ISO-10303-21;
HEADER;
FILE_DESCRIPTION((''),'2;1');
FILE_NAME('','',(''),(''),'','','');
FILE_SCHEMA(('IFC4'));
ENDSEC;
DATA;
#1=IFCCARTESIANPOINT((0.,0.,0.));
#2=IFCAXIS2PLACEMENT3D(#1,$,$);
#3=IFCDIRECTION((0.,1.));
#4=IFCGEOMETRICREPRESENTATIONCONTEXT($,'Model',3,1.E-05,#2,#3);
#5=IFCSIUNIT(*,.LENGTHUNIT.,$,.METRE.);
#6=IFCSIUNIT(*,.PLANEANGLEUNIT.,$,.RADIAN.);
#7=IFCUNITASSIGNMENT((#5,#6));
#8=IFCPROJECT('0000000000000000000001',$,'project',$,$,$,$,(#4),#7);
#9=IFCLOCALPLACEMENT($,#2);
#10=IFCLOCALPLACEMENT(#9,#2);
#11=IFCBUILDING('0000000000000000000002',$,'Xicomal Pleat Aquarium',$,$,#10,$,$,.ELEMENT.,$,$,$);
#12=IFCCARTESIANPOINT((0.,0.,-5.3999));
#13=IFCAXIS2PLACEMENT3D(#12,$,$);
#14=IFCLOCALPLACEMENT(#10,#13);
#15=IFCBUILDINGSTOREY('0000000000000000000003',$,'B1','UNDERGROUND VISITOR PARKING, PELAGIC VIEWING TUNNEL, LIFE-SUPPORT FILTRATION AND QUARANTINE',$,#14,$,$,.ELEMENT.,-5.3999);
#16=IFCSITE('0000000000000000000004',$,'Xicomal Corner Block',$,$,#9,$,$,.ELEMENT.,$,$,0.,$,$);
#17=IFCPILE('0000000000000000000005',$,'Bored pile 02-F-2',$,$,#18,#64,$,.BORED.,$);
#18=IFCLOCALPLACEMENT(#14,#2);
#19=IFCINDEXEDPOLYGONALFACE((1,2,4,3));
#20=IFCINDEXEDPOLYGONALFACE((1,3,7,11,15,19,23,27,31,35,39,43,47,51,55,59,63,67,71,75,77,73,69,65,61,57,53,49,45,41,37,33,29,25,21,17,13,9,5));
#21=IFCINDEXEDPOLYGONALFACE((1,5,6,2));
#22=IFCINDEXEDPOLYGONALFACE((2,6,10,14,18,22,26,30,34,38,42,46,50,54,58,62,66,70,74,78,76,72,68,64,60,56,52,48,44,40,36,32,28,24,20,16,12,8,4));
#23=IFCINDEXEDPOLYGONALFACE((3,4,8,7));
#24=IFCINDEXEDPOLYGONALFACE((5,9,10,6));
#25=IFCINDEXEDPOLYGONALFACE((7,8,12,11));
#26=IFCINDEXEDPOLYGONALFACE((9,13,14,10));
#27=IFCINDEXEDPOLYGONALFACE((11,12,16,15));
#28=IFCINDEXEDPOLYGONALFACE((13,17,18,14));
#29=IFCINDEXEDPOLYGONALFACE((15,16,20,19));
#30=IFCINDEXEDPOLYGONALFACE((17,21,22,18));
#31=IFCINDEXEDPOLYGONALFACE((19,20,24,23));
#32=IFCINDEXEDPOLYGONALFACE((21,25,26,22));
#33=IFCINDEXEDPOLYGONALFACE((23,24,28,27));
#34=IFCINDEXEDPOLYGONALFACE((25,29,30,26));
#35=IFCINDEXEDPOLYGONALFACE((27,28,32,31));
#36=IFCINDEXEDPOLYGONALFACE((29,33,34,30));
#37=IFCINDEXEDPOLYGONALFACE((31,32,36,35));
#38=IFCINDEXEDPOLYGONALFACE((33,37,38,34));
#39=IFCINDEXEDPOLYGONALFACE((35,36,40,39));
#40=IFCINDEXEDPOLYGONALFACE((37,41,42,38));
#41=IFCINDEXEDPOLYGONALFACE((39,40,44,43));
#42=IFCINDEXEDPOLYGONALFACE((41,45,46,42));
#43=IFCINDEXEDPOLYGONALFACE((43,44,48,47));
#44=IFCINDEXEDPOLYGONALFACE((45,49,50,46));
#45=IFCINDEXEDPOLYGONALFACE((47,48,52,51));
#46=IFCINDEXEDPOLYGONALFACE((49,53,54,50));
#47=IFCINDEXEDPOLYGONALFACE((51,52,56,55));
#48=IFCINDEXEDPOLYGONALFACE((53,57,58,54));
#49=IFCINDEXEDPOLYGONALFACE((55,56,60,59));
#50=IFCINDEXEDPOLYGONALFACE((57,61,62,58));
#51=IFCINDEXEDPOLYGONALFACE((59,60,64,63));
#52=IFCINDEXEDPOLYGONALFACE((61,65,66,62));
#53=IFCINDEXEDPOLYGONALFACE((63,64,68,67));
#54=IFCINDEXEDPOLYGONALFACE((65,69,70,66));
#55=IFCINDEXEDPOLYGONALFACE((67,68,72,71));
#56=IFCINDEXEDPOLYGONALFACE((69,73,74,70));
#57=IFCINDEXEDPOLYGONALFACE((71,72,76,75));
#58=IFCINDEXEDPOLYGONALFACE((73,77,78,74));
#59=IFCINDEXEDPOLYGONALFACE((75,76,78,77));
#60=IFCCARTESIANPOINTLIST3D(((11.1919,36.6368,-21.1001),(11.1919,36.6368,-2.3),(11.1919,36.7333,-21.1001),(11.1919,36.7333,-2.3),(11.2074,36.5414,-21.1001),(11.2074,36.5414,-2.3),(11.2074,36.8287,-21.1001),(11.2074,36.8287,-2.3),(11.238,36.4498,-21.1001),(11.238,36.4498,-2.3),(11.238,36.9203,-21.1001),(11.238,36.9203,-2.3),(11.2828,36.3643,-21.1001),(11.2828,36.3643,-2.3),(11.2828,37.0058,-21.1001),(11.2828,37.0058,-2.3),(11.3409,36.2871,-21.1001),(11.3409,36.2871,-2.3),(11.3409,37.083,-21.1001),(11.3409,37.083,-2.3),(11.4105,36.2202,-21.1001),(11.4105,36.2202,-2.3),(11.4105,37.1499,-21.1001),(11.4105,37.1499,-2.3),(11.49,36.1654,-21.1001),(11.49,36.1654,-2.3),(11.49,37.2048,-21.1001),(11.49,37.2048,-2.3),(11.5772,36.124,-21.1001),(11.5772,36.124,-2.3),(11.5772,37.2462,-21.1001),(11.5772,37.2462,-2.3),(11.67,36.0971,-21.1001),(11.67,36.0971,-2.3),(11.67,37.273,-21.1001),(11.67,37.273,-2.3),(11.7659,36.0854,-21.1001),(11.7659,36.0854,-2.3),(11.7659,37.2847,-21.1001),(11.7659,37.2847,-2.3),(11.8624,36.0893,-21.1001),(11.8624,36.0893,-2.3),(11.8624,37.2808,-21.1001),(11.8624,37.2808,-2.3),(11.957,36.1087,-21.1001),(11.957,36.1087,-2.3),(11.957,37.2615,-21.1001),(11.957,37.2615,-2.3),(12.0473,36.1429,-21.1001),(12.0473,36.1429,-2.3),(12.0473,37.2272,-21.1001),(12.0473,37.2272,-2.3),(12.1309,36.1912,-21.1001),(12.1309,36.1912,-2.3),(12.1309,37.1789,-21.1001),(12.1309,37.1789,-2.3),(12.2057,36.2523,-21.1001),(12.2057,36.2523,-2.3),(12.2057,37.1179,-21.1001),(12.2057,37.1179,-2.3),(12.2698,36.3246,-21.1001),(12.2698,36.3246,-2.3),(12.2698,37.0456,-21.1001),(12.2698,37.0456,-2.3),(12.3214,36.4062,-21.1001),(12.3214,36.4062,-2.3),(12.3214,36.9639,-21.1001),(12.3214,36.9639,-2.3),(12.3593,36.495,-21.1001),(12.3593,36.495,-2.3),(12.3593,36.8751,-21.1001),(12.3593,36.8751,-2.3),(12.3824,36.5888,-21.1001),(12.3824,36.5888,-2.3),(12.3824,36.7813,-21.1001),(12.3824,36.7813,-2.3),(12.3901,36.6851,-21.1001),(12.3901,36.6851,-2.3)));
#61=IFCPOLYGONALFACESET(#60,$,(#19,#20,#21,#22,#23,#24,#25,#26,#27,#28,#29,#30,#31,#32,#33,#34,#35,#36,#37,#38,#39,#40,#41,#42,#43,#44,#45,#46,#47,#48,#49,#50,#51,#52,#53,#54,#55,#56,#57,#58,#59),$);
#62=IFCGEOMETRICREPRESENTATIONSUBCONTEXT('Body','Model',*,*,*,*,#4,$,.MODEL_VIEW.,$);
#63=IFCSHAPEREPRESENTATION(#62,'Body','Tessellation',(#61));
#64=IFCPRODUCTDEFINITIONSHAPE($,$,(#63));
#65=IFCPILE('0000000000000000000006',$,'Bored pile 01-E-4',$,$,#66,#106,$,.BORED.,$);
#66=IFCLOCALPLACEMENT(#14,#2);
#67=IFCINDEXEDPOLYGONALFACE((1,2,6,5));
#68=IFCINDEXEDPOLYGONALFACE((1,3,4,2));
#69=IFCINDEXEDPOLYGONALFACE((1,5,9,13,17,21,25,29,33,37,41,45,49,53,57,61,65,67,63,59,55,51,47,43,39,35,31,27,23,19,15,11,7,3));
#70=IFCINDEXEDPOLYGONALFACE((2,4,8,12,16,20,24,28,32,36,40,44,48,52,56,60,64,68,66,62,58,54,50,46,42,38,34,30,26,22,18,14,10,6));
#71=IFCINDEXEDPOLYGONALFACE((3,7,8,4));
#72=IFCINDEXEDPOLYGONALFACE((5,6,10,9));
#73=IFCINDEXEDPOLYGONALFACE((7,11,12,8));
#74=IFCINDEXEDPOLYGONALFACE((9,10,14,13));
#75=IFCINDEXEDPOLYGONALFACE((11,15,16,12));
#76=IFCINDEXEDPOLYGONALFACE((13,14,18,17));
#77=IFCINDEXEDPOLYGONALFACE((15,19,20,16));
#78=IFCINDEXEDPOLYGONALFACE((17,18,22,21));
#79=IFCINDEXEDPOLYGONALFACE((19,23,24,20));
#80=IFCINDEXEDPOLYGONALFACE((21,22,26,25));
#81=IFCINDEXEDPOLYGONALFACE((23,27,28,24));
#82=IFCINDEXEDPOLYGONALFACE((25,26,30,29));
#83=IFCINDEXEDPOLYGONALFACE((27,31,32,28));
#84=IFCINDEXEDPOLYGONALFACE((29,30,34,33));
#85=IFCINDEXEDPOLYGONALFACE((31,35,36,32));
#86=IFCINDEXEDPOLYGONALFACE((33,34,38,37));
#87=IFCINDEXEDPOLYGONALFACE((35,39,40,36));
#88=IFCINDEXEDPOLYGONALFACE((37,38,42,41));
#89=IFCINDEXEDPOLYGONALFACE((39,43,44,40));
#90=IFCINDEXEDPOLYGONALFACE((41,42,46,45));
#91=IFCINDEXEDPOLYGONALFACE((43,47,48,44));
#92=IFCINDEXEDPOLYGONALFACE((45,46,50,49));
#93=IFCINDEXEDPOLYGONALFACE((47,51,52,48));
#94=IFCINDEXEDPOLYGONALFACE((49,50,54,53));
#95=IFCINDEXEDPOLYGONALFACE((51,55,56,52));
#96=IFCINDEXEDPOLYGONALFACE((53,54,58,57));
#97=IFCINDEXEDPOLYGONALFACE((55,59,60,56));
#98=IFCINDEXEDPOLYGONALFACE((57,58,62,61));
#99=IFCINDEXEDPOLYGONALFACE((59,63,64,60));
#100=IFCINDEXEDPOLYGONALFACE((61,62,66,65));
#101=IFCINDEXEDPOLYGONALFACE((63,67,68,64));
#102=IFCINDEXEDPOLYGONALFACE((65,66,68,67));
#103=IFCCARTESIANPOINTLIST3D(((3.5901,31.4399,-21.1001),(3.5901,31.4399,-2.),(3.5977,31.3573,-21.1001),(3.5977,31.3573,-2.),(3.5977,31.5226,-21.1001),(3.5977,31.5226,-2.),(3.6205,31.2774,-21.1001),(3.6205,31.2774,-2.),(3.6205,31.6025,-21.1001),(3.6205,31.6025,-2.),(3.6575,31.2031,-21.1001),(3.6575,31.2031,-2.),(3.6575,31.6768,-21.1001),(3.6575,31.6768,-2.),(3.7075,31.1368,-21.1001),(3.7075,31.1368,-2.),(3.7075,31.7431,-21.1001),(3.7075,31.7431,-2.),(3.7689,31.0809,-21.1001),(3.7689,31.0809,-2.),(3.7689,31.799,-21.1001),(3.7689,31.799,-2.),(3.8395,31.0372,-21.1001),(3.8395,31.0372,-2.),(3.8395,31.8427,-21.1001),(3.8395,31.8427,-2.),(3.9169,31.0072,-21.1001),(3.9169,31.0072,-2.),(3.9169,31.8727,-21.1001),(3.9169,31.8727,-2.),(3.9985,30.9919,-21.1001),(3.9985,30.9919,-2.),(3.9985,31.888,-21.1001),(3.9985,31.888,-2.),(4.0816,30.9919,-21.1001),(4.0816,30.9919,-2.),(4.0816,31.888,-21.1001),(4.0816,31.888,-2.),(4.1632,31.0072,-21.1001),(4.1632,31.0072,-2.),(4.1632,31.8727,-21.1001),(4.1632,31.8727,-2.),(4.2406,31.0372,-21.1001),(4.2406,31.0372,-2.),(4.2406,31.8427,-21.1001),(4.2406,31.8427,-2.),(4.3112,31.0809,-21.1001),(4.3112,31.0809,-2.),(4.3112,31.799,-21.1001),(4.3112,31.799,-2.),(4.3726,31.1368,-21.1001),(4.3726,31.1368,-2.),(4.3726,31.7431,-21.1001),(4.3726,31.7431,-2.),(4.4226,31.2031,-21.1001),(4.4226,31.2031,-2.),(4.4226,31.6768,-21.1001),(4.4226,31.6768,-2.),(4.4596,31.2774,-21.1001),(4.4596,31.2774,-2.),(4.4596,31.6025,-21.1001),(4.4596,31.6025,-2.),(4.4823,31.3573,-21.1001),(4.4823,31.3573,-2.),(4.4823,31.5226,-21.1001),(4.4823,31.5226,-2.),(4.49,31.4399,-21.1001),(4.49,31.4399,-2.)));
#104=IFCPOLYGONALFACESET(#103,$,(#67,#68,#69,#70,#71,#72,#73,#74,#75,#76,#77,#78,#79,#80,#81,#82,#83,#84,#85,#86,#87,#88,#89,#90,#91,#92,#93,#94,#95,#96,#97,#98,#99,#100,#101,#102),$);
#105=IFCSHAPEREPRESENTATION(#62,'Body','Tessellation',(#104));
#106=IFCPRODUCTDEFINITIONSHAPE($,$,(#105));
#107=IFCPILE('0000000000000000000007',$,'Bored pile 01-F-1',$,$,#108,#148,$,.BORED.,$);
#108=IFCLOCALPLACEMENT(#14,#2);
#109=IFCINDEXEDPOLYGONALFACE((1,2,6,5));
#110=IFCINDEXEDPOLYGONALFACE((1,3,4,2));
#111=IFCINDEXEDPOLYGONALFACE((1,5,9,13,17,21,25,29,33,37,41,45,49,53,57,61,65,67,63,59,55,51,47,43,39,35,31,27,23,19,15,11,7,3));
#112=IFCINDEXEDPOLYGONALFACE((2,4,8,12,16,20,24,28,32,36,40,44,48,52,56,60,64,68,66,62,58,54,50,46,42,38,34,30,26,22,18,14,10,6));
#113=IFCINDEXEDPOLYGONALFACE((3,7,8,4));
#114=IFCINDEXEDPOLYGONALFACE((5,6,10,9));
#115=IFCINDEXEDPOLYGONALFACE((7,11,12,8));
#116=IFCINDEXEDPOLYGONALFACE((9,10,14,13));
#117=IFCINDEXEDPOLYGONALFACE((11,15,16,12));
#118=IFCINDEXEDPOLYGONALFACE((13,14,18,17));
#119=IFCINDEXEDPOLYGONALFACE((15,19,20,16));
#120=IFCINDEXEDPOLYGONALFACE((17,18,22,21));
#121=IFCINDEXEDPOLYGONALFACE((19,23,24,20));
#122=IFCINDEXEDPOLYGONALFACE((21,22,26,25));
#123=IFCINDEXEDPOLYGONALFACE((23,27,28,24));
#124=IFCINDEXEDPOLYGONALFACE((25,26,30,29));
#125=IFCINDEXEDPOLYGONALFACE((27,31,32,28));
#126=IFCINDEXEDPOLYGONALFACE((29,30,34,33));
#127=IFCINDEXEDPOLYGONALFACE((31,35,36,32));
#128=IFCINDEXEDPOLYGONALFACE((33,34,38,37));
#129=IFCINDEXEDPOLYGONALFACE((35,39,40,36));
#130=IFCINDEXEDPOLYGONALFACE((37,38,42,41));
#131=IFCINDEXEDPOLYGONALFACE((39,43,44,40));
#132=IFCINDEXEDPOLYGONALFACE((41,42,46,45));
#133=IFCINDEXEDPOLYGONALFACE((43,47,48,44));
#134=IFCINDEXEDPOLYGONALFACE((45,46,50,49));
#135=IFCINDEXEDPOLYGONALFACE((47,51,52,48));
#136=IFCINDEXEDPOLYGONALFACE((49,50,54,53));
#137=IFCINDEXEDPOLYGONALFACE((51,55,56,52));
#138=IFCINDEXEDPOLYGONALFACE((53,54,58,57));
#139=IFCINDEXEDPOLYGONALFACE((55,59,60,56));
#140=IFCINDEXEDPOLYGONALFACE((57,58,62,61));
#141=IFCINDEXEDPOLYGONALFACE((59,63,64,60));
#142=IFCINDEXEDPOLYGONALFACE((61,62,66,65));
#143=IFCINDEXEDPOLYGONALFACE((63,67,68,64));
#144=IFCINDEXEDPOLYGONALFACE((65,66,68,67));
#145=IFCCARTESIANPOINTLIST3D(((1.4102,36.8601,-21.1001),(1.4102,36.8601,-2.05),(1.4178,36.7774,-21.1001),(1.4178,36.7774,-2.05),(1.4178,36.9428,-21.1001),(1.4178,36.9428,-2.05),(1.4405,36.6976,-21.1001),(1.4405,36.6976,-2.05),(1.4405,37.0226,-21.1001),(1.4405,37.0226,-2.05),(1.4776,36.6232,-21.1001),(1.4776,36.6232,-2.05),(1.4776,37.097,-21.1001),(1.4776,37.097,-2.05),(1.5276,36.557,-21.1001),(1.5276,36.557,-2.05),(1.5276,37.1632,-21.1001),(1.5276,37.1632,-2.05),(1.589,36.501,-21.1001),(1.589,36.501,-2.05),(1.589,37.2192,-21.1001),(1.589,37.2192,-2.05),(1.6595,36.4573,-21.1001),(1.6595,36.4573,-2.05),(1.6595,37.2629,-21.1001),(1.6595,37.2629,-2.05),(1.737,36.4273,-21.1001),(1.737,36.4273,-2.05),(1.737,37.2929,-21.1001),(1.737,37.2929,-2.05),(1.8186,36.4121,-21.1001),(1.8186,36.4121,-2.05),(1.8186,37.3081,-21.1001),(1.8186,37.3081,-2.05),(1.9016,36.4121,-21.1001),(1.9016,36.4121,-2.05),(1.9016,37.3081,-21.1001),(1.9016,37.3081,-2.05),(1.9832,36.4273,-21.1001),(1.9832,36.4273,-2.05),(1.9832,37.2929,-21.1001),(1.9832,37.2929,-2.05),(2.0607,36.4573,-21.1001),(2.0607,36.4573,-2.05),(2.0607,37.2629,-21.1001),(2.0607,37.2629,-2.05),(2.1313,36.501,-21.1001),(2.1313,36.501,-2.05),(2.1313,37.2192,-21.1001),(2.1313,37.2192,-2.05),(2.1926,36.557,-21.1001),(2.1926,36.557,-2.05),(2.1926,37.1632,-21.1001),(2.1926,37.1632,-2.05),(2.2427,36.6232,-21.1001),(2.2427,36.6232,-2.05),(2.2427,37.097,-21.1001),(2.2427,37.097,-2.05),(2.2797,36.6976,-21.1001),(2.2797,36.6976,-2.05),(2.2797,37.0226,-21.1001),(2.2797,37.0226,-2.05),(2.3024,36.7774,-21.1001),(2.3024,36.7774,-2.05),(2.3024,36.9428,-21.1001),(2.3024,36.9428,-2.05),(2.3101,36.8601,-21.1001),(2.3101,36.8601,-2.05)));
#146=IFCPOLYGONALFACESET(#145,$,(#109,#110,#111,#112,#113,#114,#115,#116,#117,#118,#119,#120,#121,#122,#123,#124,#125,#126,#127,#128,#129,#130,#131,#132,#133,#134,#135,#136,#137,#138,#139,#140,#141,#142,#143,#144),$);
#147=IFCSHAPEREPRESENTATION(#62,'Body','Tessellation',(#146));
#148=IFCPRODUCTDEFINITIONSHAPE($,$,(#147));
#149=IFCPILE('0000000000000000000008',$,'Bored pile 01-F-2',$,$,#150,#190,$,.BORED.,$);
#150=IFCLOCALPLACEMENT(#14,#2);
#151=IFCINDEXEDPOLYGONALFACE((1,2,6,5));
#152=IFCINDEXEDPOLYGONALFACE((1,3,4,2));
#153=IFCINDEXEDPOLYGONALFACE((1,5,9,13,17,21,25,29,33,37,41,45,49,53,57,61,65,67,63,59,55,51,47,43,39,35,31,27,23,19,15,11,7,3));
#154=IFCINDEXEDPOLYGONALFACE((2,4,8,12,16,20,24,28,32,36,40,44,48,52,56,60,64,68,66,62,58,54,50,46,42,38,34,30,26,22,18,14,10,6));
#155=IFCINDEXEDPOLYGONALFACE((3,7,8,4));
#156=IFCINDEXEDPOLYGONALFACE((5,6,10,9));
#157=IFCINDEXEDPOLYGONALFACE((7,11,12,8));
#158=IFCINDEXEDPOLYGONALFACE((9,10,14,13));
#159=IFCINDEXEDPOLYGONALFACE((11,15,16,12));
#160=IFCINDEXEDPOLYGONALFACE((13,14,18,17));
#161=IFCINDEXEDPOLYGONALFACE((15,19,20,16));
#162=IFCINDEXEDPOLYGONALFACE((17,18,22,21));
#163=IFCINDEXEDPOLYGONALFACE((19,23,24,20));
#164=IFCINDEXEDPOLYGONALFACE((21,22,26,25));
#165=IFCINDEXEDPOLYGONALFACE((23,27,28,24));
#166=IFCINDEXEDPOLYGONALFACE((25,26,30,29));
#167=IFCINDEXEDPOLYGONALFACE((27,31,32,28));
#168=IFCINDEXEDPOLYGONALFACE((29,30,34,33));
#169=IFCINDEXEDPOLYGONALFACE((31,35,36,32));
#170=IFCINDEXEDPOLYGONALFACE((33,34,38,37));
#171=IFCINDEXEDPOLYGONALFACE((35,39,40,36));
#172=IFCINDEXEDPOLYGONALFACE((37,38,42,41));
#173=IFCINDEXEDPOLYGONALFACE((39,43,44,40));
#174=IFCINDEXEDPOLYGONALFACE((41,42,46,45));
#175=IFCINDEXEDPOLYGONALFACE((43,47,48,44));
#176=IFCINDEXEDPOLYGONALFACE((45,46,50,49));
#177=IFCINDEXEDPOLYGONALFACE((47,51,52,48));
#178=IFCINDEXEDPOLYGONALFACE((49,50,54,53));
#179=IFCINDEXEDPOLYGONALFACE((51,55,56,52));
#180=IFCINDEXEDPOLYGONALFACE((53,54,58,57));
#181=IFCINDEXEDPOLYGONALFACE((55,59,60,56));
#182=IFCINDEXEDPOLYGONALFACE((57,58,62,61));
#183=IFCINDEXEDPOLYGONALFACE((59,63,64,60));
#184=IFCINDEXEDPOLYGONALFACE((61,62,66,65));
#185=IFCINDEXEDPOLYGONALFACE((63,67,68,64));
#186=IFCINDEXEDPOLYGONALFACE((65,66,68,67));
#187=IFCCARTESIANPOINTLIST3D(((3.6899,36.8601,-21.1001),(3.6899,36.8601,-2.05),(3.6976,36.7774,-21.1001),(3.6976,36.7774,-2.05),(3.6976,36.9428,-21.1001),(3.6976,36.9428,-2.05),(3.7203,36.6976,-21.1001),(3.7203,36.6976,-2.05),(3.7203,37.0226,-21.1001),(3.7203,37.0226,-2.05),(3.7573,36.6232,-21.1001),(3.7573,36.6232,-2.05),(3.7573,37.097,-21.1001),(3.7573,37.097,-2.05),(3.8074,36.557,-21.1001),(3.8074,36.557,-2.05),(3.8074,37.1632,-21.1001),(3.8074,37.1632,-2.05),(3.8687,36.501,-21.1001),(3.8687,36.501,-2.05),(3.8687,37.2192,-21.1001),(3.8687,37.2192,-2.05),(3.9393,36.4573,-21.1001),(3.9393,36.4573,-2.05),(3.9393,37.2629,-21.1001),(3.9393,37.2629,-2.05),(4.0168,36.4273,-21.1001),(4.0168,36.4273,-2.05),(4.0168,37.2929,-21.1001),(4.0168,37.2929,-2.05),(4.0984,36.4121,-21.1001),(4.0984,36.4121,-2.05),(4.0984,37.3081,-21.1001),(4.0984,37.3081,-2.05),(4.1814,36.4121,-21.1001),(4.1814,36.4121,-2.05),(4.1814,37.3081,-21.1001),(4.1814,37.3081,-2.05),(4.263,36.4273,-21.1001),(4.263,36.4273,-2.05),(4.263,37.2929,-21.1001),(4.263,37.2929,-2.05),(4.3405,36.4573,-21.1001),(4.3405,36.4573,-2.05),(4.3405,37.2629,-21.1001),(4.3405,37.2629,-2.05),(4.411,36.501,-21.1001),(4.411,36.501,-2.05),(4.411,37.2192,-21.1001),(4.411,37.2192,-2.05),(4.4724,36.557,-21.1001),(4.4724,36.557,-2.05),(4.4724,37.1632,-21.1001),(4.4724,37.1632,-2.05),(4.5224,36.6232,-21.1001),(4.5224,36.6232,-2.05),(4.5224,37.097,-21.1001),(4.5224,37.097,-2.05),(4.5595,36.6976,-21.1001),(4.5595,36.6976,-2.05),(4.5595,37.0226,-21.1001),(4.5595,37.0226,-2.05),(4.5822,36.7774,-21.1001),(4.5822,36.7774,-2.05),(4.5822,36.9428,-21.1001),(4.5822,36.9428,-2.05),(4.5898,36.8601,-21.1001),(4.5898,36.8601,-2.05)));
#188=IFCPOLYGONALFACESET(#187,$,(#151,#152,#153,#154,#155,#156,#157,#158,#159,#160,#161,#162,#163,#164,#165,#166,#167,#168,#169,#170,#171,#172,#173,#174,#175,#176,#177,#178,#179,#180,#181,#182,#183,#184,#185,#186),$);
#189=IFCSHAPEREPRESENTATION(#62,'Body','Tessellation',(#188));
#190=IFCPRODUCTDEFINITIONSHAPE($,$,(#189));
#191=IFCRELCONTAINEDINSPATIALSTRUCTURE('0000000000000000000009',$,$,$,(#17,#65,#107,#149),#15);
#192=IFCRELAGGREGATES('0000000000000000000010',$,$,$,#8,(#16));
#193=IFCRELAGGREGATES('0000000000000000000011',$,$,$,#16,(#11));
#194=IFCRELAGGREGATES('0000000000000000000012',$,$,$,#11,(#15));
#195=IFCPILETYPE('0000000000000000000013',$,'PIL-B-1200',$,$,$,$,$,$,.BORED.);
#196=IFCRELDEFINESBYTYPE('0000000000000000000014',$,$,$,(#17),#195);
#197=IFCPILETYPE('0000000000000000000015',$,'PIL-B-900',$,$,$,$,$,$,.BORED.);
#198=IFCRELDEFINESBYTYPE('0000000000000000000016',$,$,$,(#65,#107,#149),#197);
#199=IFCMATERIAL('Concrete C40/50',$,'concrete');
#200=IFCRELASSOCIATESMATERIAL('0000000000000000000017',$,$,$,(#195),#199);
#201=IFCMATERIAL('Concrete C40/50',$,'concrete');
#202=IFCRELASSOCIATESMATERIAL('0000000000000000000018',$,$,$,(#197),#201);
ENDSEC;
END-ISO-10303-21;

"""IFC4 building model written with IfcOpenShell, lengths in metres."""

from ifc_helpers import new_model, si_unit, direction, frame, origin, origin_2d, place, context, subcontext, project, spatial, circle, extrude, material, material_profile, profile_set, type_object, element, save


model = new_model("IFC4")

# Units and contexts
model_context = context("Model", 3, precision=1e-05, world=origin(), true_north=direction((0.0, 1.0)))
body_context = subcontext(model_context, "Body", "Model", "MODEL_VIEW")
ifc_project = project(units=[si_unit("LENGTHUNIT", "METRE"), si_unit("PLANEANGLEUNIT", "RADIAN")], contexts=[model_context])

# Site, building, storey
site_placement = place(None, origin())
site = spatial("IfcSite", under=ifc_project, at=site_placement, Name="Xicomal Corner Block", CompositionType="ELEMENT", RefElevation=0.0)
building_placement = place(site_placement, origin())
building = spatial("IfcBuilding", under=site, at=building_placement, Name="Xicomal Pleat Aquarium", CompositionType="ELEMENT")
storey_placement = place(building_placement, frame((0.0, 0.0, -5.3999)))
storey = spatial("IfcBuildingStorey", under=building, at=storey_placement, Name="B1", Description="UNDERGROUND VISITOR PARKING, PELAGIC VIEWING TUNNEL, LIFE-SUPPORT FILTRATION AND QUARANTINE", CompositionType="ELEMENT", Elevation=-5.3999)

# Piles
ifc_material_1 = material(Name="Concrete C40/50", Category="concrete")
ifc_material_profile_1 = material_profile(ifc_material_1, circle(Radius=0.6001, at=origin_2d()), Name="BORED PILE D1200")
ifc_profile_set_1 = profile_set([ifc_material_profile_1], Name="Concrete C40/50")
pile_type_1 = type_object("IfcPileType", Name="PIL-B-1200", PredefinedType="BORED", material=ifc_profile_set_1)
for number, where, z_axis, x_axis, name in (
    (1, (11.79, 36.6851, -2.3), (0.0, 0.0, -1.0), (1.0, 0.0, 0.0), "Bored pile 02-F-2"),
):
    element("IfcPile", number, at=place(storey_placement, frame(where, z_axis=z_axis, x_axis=x_axis)), inside=storey, type_object=pile_type_1, Name=name, PredefinedType="BORED", context=body_context, shape_type="SweptSolid", body=[
        extrude(circle(Radius=0.6001, at=origin_2d()), origin(), (0.0, 0.0, 1.0), 18.8),
    ])
ifc_material_2 = material(Name="Concrete C40/50", Category="concrete")
ifc_material_profile_2 = material_profile(ifc_material_2, circle(Radius=0.45, at=origin_2d()), Name="BORED PILE D900")
ifc_profile_set_2 = profile_set([ifc_material_profile_2], Name="Concrete C40/50")
pile_type_2 = type_object("IfcPileType", Name="PIL-B-900", PredefinedType="BORED", material=ifc_profile_set_2)
pile_placement = place(storey_placement, frame((4.04, 31.4399, -2.0), z_axis=(0.0, 0.0, -1.0), x_axis=(1.0, 0.0, 0.0)))
element("IfcPile", 2, at=pile_placement, inside=storey, type_object=pile_type_2, Name="Bored pile 01-E-4", PredefinedType="BORED", context=body_context, shape_type="SweptSolid", body=[
    extrude(circle(Radius=0.45, at=origin_2d()), origin(), (0.0, 0.0, 1.0), 19.1001),
])
for number, where, z_axis, x_axis, name in (
    (3, (1.8601, 36.8601, -2.05), (0.0, 0.0, -1.0), (1.0, 0.0, 0.0), "Bored pile 01-F-1"),
    (4, (4.1399, 36.8601, -2.05), (0.0, 0.0, -1.0), (1.0, 0.0, 0.0), "Bored pile 01-F-2"),
):
    element("IfcPile", number, at=place(storey_placement, frame(where, z_axis=z_axis, x_axis=x_axis)), inside=storey, type_object=pile_type_2, Name=name, PredefinedType="BORED", context=body_context, shape_type="SweptSolid", body=[
        extrude(circle(Radius=0.45, at=origin_2d()), origin(), (0.0, 0.0, 1.0), 19.05),
    ])

save(model, "model.ifc")
